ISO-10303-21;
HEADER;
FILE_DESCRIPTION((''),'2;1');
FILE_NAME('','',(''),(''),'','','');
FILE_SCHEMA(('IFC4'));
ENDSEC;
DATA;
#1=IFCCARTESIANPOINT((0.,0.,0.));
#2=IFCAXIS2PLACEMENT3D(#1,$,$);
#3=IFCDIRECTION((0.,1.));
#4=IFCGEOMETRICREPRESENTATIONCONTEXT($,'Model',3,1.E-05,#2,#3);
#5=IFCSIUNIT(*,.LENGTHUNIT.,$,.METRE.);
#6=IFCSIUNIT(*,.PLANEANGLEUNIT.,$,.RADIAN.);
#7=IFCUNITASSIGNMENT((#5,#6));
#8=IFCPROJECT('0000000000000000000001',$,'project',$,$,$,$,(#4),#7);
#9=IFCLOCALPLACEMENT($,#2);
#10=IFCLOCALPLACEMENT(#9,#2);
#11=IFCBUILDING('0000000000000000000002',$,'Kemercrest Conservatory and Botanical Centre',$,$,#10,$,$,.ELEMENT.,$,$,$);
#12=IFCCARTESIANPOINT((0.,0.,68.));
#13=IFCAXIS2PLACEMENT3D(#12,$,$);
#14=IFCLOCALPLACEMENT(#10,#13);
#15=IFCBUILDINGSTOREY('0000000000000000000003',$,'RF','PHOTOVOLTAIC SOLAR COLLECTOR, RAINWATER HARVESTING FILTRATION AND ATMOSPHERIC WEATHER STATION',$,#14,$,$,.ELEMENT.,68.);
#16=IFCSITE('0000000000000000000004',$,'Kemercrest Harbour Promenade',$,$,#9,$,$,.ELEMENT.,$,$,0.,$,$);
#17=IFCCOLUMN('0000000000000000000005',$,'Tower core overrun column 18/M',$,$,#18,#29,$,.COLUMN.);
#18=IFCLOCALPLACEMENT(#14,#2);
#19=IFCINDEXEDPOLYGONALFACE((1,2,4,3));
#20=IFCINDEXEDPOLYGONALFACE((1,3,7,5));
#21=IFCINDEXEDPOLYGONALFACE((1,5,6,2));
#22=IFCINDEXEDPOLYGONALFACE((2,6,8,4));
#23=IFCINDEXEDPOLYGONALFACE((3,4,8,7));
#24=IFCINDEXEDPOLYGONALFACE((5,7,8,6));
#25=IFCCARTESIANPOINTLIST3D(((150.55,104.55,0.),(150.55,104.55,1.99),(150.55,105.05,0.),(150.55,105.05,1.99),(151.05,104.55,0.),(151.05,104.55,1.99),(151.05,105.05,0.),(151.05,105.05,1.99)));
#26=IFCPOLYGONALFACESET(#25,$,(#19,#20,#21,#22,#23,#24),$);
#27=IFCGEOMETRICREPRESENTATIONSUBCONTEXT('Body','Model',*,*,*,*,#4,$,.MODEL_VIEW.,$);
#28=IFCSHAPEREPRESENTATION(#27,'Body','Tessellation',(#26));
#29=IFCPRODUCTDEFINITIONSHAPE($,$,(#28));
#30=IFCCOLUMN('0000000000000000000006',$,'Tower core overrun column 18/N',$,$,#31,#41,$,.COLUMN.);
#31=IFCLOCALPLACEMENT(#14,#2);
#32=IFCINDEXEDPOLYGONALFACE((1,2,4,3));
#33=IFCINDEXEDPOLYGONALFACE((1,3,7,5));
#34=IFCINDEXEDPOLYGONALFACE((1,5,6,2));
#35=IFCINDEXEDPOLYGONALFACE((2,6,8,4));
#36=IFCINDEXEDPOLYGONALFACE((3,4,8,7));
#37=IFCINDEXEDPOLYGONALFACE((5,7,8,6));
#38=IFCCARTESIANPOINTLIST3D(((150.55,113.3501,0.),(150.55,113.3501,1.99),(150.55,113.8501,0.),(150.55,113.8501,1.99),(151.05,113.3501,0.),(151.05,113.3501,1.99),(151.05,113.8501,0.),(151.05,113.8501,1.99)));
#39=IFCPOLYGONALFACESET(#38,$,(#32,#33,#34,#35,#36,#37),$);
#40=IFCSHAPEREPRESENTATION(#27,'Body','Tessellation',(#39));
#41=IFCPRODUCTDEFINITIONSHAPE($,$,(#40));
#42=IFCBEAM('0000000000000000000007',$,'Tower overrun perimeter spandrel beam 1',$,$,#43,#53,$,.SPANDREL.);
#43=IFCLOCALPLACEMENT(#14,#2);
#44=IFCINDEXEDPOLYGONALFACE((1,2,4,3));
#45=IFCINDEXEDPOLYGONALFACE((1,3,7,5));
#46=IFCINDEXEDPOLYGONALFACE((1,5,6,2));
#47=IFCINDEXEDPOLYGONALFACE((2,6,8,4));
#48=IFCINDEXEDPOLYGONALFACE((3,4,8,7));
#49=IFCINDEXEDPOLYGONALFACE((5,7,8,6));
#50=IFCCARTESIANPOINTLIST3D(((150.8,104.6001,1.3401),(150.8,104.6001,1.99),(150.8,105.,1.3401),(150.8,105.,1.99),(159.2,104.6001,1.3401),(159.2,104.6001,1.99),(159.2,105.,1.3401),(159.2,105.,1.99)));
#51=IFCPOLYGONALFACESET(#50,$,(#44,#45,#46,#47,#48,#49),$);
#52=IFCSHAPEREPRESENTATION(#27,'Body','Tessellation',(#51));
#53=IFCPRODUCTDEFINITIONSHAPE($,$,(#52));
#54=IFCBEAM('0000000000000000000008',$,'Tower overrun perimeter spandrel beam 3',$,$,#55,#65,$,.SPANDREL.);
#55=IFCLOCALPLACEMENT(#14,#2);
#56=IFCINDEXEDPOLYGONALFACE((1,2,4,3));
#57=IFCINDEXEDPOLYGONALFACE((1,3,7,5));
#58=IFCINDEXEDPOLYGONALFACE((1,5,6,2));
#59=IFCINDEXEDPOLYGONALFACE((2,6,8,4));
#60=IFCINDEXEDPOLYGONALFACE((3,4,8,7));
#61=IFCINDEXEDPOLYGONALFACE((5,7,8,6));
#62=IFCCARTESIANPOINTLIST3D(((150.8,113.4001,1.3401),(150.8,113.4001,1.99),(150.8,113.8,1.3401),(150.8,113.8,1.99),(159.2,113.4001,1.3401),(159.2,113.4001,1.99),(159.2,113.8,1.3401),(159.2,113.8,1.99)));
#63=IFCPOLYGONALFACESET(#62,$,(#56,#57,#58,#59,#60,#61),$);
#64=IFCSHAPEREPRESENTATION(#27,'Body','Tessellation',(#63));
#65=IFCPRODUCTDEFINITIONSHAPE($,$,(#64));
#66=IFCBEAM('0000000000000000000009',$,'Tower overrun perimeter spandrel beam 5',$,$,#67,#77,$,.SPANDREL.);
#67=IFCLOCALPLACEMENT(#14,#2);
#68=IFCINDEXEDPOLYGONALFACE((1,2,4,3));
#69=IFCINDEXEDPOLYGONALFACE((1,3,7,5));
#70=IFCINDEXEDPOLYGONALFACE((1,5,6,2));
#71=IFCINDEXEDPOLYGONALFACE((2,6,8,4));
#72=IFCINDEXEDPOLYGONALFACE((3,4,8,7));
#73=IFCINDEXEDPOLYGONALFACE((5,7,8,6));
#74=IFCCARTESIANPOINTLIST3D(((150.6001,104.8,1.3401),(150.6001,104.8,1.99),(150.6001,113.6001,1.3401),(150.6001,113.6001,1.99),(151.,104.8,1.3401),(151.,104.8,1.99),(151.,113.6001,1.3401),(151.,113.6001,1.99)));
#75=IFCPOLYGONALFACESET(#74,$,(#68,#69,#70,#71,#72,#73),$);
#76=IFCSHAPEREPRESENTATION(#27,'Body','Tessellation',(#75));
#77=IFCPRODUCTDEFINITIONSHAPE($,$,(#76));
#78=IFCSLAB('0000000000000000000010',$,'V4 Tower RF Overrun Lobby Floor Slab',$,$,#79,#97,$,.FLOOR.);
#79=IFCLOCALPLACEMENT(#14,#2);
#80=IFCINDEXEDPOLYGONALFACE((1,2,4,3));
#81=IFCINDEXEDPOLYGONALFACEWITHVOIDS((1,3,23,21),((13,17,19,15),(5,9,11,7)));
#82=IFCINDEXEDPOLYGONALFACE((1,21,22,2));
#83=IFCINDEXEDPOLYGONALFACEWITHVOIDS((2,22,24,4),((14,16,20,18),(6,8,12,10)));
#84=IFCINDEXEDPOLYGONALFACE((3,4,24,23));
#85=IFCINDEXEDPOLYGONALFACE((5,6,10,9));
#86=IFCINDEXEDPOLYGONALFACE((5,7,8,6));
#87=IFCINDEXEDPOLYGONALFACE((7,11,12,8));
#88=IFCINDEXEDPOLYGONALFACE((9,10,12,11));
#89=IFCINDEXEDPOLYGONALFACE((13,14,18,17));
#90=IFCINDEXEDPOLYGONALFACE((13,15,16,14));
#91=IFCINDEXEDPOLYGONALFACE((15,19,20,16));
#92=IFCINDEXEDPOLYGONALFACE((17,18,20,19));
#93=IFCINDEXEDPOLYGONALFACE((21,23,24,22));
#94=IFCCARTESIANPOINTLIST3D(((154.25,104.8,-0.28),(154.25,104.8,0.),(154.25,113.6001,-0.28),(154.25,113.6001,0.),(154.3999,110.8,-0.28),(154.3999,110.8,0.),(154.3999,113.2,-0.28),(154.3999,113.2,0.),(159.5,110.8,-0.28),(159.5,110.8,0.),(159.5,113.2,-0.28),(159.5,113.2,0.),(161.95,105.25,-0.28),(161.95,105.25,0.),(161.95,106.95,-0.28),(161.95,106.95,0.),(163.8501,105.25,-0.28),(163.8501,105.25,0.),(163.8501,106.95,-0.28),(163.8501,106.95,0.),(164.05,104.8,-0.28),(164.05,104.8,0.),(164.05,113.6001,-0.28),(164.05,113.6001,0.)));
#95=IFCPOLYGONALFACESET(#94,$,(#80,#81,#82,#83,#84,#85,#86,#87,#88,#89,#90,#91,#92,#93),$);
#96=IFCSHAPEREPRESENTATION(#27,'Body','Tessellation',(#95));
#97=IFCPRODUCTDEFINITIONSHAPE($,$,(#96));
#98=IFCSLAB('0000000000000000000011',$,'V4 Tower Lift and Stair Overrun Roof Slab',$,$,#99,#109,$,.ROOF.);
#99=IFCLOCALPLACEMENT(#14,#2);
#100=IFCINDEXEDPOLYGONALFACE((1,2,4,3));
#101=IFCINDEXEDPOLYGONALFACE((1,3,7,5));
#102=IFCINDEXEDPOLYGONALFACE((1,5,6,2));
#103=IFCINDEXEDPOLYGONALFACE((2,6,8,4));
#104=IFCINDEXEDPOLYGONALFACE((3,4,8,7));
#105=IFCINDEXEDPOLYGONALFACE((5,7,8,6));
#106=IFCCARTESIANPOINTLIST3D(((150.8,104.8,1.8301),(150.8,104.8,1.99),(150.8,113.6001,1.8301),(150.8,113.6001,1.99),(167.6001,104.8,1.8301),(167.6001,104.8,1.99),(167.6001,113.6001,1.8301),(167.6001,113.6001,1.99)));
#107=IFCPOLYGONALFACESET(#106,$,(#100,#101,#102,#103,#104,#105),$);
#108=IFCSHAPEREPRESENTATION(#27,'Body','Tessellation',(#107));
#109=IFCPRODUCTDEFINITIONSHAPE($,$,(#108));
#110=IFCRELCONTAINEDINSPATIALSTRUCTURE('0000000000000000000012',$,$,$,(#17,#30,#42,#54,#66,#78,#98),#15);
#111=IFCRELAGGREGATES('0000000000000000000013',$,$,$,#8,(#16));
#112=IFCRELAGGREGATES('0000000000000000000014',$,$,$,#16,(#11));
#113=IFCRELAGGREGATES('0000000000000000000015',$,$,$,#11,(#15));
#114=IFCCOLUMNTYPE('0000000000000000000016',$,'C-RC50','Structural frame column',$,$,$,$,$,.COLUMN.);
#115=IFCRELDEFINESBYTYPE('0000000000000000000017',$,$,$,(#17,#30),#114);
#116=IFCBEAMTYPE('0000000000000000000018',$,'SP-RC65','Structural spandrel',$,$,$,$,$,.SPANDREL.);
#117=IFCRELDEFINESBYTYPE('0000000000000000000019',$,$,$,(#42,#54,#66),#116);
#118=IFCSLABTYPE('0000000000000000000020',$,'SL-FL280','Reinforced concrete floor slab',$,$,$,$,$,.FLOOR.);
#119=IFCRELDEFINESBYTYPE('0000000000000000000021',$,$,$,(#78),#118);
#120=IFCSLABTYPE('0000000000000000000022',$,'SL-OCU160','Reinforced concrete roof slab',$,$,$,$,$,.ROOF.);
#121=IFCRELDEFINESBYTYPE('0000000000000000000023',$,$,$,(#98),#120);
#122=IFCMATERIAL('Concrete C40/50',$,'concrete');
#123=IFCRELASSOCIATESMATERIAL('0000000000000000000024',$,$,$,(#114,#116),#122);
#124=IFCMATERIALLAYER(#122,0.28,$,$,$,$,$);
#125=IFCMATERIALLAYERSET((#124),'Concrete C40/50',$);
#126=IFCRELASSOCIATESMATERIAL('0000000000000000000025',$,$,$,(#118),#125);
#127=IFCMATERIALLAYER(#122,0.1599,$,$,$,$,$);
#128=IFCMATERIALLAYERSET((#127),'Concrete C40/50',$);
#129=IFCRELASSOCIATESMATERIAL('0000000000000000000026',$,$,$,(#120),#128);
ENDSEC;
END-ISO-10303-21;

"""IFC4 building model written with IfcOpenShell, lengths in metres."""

from ifc_helpers import new_model, si_unit, direction, frame, origin, origin_2d, place, context, subcontext, project, spatial, polyline, rectangle, outline, extrude, material, layer, layer_set, material_profile, profile_set, type_object, element, save


model = new_model("IFC4")

# Units and contexts
model_context = context("Model", 3, precision=1e-05, world=origin(), true_north=direction((0.0, 1.0)))
body_context = subcontext(model_context, "Body", "Model", "MODEL_VIEW")
ifc_project = project(units=[si_unit("LENGTHUNIT", "METRE"), si_unit("PLANEANGLEUNIT", "RADIAN")], contexts=[model_context])

# Site, building, storey
site_placement = place(None, origin())
site = spatial("IfcSite", under=ifc_project, at=site_placement, Name="Kemercrest Harbour Promenade", CompositionType="ELEMENT", RefElevation=0.0)
building_placement = place(site_placement, origin())
building = spatial("IfcBuilding", under=site, at=building_placement, Name="Kemercrest Conservatory and Botanical Centre", CompositionType="ELEMENT")
storey_placement = place(building_placement, frame((0.0, 0.0, 68.0)))
storey = spatial("IfcBuildingStorey", under=building, at=storey_placement, Name="RF", Description="PHOTOVOLTAIC SOLAR COLLECTOR, RAINWATER HARVESTING FILTRATION AND ATMOSPHERIC WEATHER STATION", CompositionType="ELEMENT", Elevation=68.0)

# Columns
ifc_material_1 = material(Name="Concrete C40/50", Category="concrete")
ifc_material_profile_1 = material_profile(ifc_material_1, rectangle(XDim=0.5, YDim=0.5, at=origin_2d()), Name="RC 500x500")
ifc_profile_set_1 = profile_set([ifc_material_profile_1], Name="Concrete C40/50")
column_type = type_object("IfcColumnType", Name="C-RC50", Description="Structural frame column", PredefinedType="COLUMN", material=ifc_profile_set_1)
for number, where, z_axis, x_axis, name in (
    (1, (150.8, 104.8, 0.0), (0.0, 0.0, 1.0), (1.0, 0.0, 0.0), "Tower core overrun column 18/M"),
    (2, (150.8, 113.6001, 0.0), (0.0, 0.0, 1.0), (1.0, 0.0, 0.0), "Tower core overrun column 18/N"),
):
    element("IfcColumn", number, at=place(storey_placement, frame(where, z_axis=z_axis, x_axis=x_axis)), inside=storey, type_object=column_type, Name=name, PredefinedType="COLUMN", context=body_context, shape_type="SweptSolid", body=[
        extrude(rectangle(XDim=0.5, YDim=0.5, at=origin_2d()), origin(), (0.0, 0.0, 1.0), 1.99),
    ])

# Beams
ifc_material_profile_2 = material_profile(ifc_material_1, rectangle(XDim=0.3999, YDim=0.6499, at=origin_2d()), Name="RC 400x650")
ifc_profile_set_2 = profile_set([ifc_material_profile_2], Name="Concrete C40/50")
beam_type = type_object("IfcBeamType", Name="SP-RC65", Description="Structural spandrel", PredefinedType="SPANDREL", material=ifc_profile_set_2)
for number, where, z_axis, x_axis, name in (
    (3, (150.8, 104.8, 1.665), (1.0, 0.0, 0.0), (0.0, 1.0, 0.0), "Tower overrun perimeter spandrel beam 1"),
    (4, (150.8, 113.6001, 1.665), (1.0, 0.0, 0.0), (0.0, 1.0, 0.0), "Tower overrun perimeter spandrel beam 3"),
):
    element("IfcBeam", number, at=place(storey_placement, frame(where, z_axis=z_axis, x_axis=x_axis)), inside=storey, type_object=beam_type, Name=name, PredefinedType="SPANDREL", context=body_context, shape_type="SweptSolid", body=[
        extrude(rectangle(XDim=0.3999, YDim=0.6499, at=origin_2d()), origin(), (0.0, 0.0, 1.0), 8.3999),
    ])
beam_placement = place(storey_placement, frame((150.8, 104.8, 1.665), z_axis=(0.0, 1.0, 0.0), x_axis=(-1.0, 0.0, 0.0)))
element("IfcBeam", 5, at=beam_placement, inside=storey, type_object=beam_type, Name="Tower overrun perimeter spandrel beam 5", PredefinedType="SPANDREL", context=body_context, shape_type="SweptSolid", body=[
    extrude(rectangle(XDim=0.3999, YDim=0.6499, at=origin_2d()), origin(), (0.0, 0.0, 1.0), 8.8),
])

# Slabs
ifc_layer_1 = layer(ifc_material_1, 0.28)
ifc_layer_set_1 = layer_set([ifc_layer_1], Name="Concrete C40/50")
slab_type_1 = type_object("IfcSlabType", Name="SL-FL280", Description="Reinforced concrete floor slab", PredefinedType="FLOOR", material=ifc_layer_set_1)
slab_1_placement = place(storey_placement, frame((0.0, 0.0, -0.28)))
element("IfcSlab", 6, at=slab_1_placement, inside=storey, type_object=slab_type_1, Name="V4 Tower RF Overrun Lobby Floor Slab", PredefinedType="FLOOR", context=body_context, shape_type="SweptSolid", body=[
    extrude(outline(polyline([(154.25, 113.6001), (154.25, 104.8), (164.05, 104.8), (164.05, 113.6001), (154.25, 113.6001)]), holes=[polyline([(161.95, 106.95), (163.8501, 106.95), (163.8501, 105.25), (161.95, 105.25), (161.95, 106.95)]), polyline([(159.5, 113.2), (159.5, 110.8), (154.3999, 110.8), (154.3999, 113.2), (159.5, 113.2)])]), origin(), (0.0, 0.0, 1.0), 0.28),
])
ifc_layer_2 = layer(ifc_material_1, 0.1599)
ifc_layer_set_2 = layer_set([ifc_layer_2], Name="Concrete C40/50")
slab_type_2 = type_object("IfcSlabType", Name="SL-OCU160", Description="Reinforced concrete roof slab", PredefinedType="ROOF", material=ifc_layer_set_2)
slab_2_placement = place(storey_placement, frame((0.0, 0.0, 1.8301)))
element("IfcSlab", 7, at=slab_2_placement, inside=storey, type_object=slab_type_2, Name="V4 Tower Lift and Stair Overrun Roof Slab", PredefinedType="ROOF", context=body_context, shape_type="SweptSolid", body=[
    extrude(outline(polyline([(150.8, 104.8), (167.6001, 104.8), (167.6001, 113.6001), (150.8, 113.6001), (150.8, 104.8)])), origin(), (0.0, 0.0, 1.0), 0.1599),
])

save(model, "model.ifc")
